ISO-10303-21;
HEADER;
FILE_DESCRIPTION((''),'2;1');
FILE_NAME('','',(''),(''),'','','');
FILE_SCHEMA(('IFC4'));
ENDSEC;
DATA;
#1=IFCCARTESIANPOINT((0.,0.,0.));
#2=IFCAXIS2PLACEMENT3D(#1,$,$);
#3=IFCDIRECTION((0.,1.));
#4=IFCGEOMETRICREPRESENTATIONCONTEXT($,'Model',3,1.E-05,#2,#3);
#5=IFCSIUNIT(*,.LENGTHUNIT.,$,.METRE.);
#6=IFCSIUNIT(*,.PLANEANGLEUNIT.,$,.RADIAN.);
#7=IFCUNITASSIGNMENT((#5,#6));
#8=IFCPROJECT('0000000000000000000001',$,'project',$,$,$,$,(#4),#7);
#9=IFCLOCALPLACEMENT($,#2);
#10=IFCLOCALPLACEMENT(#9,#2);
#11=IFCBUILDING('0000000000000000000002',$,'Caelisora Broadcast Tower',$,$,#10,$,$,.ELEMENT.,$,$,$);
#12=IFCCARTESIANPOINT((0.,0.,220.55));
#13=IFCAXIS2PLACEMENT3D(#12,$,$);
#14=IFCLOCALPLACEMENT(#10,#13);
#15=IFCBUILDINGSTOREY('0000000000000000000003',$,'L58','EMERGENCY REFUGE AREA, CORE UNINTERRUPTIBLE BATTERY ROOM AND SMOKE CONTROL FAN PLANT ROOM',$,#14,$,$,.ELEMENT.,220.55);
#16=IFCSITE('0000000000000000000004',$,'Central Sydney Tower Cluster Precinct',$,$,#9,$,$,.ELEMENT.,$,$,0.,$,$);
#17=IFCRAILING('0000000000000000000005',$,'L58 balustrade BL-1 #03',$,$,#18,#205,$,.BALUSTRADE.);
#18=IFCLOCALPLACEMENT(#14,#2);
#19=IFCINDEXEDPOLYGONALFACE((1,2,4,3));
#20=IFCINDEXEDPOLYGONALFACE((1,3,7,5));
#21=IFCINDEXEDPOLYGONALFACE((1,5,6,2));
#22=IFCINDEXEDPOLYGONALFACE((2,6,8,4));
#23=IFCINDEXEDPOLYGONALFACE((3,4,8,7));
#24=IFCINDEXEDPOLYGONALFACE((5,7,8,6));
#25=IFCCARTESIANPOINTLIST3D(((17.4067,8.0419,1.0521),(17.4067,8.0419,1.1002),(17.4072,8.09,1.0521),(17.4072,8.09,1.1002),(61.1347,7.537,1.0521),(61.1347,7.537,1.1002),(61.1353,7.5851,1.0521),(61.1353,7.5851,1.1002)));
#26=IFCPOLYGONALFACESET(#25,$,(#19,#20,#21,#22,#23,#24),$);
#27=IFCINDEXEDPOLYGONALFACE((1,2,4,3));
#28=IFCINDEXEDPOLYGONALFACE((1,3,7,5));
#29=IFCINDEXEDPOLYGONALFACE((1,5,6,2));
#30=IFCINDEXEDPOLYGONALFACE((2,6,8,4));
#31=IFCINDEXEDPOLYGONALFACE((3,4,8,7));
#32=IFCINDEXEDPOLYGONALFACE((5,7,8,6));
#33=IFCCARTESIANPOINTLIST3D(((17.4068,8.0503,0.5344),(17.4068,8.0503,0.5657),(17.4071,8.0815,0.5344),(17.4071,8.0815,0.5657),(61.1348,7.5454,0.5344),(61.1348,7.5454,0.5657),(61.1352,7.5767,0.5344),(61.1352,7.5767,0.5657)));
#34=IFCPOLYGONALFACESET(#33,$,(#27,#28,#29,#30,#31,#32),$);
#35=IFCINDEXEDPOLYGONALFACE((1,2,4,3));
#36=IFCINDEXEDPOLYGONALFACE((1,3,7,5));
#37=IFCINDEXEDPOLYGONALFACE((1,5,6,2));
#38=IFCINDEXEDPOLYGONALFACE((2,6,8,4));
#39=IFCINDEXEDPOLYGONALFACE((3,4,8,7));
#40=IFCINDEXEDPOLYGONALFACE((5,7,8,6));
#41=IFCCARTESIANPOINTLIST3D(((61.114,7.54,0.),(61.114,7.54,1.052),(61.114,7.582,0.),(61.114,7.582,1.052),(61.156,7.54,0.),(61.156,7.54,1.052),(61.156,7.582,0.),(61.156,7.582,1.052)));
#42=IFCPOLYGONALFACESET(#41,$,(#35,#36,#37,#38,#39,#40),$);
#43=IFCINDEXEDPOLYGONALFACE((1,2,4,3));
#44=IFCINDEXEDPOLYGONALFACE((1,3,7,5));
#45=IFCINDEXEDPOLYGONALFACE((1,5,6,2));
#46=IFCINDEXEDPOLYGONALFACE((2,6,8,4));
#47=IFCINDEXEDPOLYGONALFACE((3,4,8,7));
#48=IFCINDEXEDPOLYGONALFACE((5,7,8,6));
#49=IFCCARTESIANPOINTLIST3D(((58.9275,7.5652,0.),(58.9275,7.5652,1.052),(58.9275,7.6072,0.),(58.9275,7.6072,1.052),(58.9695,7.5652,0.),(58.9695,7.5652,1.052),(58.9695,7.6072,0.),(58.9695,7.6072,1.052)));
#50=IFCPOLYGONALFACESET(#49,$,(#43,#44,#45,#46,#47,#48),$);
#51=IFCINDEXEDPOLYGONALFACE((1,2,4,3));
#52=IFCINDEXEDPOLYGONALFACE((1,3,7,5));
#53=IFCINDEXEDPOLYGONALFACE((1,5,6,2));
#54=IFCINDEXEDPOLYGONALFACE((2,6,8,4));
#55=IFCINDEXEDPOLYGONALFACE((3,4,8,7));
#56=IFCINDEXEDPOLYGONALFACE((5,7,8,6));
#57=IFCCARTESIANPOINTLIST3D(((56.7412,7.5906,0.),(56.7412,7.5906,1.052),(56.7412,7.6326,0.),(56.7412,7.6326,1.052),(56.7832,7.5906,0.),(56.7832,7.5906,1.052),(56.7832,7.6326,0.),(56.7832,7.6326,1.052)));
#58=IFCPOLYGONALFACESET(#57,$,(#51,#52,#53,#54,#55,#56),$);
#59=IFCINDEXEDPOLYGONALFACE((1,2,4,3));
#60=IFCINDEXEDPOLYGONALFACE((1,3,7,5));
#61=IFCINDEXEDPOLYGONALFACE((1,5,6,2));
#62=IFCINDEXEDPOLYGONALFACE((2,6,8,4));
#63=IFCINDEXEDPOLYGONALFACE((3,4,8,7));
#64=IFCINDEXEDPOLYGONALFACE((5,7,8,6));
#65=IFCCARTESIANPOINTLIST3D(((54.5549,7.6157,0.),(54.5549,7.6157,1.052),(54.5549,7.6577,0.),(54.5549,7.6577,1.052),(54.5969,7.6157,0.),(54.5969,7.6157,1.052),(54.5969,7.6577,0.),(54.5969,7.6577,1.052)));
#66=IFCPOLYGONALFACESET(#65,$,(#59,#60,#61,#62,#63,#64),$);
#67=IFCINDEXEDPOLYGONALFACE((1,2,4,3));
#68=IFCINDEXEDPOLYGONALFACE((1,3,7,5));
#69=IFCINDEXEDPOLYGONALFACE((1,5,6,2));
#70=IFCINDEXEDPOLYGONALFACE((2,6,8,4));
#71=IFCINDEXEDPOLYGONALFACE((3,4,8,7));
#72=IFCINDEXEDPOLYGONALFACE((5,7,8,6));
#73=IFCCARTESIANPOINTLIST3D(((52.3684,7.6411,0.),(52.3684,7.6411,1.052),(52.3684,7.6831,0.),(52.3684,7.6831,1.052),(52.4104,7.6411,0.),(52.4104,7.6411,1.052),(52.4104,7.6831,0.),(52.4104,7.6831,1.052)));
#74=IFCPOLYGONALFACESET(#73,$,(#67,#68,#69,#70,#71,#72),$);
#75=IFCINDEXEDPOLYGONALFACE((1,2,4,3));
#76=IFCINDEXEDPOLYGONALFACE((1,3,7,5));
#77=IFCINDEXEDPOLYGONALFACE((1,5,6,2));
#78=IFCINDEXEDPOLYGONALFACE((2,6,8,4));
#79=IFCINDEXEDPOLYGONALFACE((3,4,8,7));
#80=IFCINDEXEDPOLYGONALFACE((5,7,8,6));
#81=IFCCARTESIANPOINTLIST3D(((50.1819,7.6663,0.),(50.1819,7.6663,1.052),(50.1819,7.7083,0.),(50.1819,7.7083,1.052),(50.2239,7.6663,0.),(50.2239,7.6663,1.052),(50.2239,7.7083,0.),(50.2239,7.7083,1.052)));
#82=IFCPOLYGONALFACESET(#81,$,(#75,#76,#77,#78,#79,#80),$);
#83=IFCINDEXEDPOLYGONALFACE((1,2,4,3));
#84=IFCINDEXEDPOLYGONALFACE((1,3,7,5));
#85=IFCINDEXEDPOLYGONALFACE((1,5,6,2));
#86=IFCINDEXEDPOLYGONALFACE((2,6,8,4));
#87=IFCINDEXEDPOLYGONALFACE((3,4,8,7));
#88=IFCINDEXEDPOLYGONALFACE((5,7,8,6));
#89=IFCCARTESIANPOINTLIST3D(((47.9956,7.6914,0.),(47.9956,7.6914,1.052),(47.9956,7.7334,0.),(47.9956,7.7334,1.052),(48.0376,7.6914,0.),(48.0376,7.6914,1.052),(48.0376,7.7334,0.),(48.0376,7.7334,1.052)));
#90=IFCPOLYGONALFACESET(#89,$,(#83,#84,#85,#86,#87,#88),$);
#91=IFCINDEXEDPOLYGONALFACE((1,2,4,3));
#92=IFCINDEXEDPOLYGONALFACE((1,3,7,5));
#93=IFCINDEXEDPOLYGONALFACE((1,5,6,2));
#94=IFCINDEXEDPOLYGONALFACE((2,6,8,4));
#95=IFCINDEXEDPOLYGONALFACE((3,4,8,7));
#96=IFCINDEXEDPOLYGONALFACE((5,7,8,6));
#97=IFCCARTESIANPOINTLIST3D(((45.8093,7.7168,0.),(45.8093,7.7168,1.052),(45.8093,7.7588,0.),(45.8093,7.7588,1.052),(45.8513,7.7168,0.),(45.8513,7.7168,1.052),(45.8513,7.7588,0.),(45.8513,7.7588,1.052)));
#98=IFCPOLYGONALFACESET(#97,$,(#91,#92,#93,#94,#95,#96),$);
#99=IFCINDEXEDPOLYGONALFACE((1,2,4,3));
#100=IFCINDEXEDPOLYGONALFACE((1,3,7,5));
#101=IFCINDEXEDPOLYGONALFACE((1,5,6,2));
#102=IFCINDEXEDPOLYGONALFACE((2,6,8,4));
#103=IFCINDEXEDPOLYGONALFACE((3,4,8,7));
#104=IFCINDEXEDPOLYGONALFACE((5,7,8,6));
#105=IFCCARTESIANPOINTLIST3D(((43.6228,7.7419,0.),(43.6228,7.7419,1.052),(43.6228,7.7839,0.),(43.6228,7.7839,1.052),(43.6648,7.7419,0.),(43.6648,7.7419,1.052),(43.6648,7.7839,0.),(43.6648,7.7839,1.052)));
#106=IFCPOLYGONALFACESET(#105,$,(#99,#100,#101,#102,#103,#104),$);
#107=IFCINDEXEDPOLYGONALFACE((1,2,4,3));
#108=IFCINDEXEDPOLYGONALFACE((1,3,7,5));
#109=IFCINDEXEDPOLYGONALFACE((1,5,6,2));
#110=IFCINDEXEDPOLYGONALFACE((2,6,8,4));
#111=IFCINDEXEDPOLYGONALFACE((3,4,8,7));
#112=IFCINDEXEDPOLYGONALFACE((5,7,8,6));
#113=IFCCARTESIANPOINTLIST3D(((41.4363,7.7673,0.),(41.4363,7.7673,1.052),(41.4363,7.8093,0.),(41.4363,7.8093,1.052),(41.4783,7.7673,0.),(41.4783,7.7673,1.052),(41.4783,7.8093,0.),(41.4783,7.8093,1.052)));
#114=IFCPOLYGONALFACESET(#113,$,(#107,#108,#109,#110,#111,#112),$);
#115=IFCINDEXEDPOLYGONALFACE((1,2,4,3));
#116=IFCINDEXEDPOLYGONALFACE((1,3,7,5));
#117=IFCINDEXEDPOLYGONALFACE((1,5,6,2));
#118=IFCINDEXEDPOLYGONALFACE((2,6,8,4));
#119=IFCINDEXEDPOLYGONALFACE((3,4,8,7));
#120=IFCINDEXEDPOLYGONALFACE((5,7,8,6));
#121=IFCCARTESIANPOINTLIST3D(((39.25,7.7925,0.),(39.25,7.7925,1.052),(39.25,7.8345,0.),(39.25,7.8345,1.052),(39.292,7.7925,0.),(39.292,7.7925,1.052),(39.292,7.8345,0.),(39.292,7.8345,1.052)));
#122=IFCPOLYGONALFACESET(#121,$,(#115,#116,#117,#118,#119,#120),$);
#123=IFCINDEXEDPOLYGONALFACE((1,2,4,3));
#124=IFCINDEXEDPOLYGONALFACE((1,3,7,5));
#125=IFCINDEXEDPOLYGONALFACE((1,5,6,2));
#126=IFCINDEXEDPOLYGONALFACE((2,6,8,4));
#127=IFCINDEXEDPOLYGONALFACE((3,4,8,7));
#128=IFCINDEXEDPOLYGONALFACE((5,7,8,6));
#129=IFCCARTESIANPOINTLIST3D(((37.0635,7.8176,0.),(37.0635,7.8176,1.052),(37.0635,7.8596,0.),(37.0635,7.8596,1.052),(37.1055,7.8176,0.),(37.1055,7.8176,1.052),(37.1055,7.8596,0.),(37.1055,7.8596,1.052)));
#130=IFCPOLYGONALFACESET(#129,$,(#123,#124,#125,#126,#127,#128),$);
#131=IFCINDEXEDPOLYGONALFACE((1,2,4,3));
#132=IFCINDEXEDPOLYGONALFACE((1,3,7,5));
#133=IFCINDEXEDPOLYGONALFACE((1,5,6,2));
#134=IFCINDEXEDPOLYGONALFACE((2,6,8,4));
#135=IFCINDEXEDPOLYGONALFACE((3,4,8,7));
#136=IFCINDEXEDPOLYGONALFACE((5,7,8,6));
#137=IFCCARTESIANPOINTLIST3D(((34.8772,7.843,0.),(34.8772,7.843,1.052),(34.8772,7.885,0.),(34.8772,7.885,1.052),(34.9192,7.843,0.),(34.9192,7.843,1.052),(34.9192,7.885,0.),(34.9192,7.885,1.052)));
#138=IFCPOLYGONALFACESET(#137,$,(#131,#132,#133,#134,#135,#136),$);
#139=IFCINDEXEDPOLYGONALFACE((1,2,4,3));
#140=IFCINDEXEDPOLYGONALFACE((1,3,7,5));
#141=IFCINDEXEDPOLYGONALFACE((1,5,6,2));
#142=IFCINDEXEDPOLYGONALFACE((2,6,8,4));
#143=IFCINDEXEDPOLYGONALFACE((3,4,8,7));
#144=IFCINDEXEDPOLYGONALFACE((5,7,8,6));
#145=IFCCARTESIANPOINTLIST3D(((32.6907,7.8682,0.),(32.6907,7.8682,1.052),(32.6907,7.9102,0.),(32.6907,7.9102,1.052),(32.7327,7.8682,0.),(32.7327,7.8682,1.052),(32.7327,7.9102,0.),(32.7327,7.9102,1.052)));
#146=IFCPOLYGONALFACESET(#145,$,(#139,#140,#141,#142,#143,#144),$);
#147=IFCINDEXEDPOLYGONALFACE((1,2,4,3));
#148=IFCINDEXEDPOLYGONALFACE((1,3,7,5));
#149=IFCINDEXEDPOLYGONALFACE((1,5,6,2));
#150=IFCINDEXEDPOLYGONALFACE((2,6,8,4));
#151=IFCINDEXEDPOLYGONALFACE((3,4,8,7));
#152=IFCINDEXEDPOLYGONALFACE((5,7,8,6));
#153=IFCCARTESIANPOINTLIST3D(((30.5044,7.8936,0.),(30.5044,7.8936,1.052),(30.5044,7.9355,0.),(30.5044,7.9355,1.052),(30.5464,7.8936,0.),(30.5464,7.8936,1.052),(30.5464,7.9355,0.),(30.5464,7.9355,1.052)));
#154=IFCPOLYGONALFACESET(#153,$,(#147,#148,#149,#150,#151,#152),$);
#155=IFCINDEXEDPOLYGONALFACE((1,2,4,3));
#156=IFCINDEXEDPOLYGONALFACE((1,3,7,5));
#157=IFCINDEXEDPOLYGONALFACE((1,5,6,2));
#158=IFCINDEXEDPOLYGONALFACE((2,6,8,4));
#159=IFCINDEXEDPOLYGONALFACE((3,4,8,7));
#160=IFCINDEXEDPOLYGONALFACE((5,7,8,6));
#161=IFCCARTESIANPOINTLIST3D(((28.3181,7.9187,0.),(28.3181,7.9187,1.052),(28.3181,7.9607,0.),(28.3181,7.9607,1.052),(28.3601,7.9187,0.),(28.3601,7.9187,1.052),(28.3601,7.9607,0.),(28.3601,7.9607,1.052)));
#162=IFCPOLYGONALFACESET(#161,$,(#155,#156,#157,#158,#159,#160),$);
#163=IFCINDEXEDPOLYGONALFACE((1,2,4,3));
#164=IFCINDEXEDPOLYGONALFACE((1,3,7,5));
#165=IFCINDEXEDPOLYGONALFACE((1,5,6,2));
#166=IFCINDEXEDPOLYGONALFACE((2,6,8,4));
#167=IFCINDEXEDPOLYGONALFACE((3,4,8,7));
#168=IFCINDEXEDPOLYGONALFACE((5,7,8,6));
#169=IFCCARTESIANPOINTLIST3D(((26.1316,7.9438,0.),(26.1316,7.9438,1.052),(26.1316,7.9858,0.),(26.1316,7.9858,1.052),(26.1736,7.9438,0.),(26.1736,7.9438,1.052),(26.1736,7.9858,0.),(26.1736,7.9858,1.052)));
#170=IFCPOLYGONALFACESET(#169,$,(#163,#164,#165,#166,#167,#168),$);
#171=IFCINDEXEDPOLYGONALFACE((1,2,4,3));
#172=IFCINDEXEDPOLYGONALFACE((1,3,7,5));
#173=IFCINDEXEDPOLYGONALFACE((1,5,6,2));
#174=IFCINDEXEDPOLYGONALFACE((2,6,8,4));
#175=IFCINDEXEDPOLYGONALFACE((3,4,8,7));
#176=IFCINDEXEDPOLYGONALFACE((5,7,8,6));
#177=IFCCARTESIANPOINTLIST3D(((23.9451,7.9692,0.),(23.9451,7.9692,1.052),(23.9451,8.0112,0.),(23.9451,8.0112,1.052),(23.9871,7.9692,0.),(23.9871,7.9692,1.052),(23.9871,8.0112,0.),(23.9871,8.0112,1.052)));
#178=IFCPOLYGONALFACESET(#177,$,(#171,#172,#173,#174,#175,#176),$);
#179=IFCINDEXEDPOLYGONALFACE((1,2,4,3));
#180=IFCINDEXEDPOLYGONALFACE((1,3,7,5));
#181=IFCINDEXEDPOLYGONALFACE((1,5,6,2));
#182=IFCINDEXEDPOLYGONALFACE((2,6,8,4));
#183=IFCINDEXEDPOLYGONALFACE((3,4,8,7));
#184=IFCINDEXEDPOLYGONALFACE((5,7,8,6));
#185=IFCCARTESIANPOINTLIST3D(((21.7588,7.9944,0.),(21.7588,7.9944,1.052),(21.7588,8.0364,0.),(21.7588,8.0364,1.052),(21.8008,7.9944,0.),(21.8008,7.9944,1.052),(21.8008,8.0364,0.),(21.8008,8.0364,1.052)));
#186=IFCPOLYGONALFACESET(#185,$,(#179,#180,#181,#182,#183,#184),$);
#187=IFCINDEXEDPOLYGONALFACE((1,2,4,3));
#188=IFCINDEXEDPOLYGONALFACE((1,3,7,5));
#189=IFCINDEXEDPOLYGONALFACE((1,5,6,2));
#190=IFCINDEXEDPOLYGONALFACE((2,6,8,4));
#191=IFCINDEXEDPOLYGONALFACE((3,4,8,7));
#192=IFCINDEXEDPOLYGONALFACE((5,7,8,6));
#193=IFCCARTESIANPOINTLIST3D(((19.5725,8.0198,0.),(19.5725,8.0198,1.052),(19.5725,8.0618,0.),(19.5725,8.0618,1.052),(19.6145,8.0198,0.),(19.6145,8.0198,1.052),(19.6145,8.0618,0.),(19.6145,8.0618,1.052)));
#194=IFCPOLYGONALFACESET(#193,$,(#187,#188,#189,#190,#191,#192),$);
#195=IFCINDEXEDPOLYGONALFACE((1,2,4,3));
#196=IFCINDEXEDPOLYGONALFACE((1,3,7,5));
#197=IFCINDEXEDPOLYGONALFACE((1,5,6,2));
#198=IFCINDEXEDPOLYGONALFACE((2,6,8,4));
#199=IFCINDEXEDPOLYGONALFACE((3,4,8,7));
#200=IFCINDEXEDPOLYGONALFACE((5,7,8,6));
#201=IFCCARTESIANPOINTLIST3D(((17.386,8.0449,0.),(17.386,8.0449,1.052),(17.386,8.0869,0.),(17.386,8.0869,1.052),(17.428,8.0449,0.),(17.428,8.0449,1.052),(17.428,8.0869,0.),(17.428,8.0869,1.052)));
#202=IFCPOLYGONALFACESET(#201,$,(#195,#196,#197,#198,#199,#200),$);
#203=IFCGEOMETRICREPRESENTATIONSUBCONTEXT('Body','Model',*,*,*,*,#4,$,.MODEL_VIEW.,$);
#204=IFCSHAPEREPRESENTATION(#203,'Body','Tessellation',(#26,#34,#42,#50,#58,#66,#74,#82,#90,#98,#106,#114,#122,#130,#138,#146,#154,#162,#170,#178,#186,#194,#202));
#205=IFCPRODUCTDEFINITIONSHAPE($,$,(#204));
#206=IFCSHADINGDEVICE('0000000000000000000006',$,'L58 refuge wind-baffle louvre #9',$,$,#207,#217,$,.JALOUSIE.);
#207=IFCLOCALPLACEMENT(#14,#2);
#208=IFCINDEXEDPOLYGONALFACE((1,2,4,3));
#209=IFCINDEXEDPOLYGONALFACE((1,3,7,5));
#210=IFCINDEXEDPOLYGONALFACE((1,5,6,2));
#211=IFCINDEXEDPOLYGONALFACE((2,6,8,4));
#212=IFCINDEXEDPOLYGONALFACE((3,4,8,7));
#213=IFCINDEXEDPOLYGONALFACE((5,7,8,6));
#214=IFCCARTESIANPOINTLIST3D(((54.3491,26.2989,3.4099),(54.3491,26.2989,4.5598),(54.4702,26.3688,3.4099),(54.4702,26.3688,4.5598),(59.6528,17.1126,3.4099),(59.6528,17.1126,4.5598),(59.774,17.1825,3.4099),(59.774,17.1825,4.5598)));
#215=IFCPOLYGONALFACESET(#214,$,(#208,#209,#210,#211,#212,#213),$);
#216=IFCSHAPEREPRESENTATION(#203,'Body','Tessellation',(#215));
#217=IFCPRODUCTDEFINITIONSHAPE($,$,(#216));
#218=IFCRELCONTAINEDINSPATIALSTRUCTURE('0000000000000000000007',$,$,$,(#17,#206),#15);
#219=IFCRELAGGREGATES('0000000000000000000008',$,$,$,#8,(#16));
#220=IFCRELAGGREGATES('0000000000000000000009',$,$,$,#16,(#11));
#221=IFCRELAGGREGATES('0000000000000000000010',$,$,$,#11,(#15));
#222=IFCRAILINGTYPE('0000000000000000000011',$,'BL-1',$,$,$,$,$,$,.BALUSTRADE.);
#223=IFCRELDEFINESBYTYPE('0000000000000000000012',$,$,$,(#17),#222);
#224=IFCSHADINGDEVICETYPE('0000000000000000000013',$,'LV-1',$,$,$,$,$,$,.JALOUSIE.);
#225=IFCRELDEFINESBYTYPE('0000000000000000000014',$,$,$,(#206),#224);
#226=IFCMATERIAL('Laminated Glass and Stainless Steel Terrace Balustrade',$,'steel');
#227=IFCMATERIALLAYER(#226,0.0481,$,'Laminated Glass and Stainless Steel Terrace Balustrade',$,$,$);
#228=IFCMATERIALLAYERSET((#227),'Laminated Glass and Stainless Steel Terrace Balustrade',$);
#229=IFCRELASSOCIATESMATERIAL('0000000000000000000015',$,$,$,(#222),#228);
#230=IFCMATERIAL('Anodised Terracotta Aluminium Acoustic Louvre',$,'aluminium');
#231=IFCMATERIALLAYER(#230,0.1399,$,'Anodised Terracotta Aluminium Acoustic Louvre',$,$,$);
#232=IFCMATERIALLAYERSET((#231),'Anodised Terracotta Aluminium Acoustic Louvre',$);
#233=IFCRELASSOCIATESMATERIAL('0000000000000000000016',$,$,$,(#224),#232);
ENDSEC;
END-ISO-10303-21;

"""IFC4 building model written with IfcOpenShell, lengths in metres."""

from ifc_helpers import new_model, si_unit, direction, frame, origin, origin_2d, place, context, subcontext, project, spatial, rectangle, extrude, source, transform, mapped, material, layer, layer_set, type_object, type_shapes, element, save


model = new_model("IFC4")

# Units and contexts
model_context = context("Model", 3, precision=1e-05, world=origin(), true_north=direction((0.0, 1.0)))
body_context = subcontext(model_context, "Body", "Model", "MODEL_VIEW")
ifc_project = project(units=[si_unit("LENGTHUNIT", "METRE"), si_unit("PLANEANGLEUNIT", "RADIAN")], contexts=[model_context])

# Site, building, storey
site_placement = place(None, origin())
site = spatial("IfcSite", under=ifc_project, at=site_placement, Name="Central Sydney Tower Cluster Precinct", CompositionType="ELEMENT", RefElevation=0.0)
building_placement = place(site_placement, origin())
building = spatial("IfcBuilding", under=site, at=building_placement, Name="Caelisora Broadcast Tower", CompositionType="ELEMENT")
storey_placement = place(building_placement, frame((0.0, 0.0, 220.55)))
storey = spatial("IfcBuildingStorey", under=building, at=storey_placement, Name="L58", Description="EMERGENCY REFUGE AREA, CORE UNINTERRUPTIBLE BATTERY ROOM AND SMOKE CONTROL FAN PLANT ROOM", CompositionType="ELEMENT", Elevation=220.55)

# Railing
ifc_material_1 = material(Name="Laminated Glass and Stainless Steel Terrace Balustrade", Category="steel")
ifc_layer_1 = layer(ifc_material_1, 0.0481, Name="Laminated Glass and Stainless Steel Terrace Balustrade")
ifc_layer_set_1 = layer_set([ifc_layer_1], Name="Laminated Glass and Stainless Steel Terrace Balustrade")
railing_type = type_object("IfcRailingType", Name="BL-1", PredefinedType="BALUSTRADE", material=ifc_layer_set_1)
railing_1_placement = place(storey_placement, frame((61.135, 7.561, 0.0)))
element("IfcRailing", 1, at=railing_1_placement, inside=storey, type_object=railing_type, Name="L58 balustrade BL-1 #03", PredefinedType="BALUSTRADE", context=body_context, shape_type="SweptSolid", body=[
    extrude(rectangle(XDim=0.0481, YDim=0.0481, at=origin_2d()), frame((0.0, 0.0, 1.0762), z_axis=(-0.999933, 0.011545, 0.0), x_axis=(-0.011545, -0.999933, 0.0)), (0.0, 0.0, 1.0), 43.731),
    extrude(rectangle(XDim=0.0312, YDim=0.0312, at=origin_2d()), frame((0.0, 0.0, 0.55), z_axis=(-0.999933, 0.011545, 0.0), x_axis=(-0.011545, -0.999933, 0.0)), (0.0, 0.0, 1.0), 43.731),
    extrude(rectangle(XDim=0.042, YDim=0.042, at=origin_2d()), origin(), (0.0, 0.0, 1.0), 1.052),
    extrude(rectangle(XDim=0.042, YDim=0.042, at=origin_2d()), frame((-2.1865, 0.0251, 0.0)), (0.0, 0.0, 1.0), 1.052),
    extrude(rectangle(XDim=0.042, YDim=0.042, at=origin_2d()), frame((-4.3728, 0.0505, 0.0)), (0.0, 0.0, 1.0), 1.052),
    extrude(rectangle(XDim=0.042, YDim=0.042, at=origin_2d()), frame((-6.5591, 0.0757, 0.0)), (0.0, 0.0, 1.0), 1.052),
    extrude(rectangle(XDim=0.042, YDim=0.042, at=origin_2d()), frame((-8.7456, 0.1011, 0.0)), (0.0, 0.0, 1.0), 1.052),
    extrude(rectangle(XDim=0.042, YDim=0.042, at=origin_2d()), frame((-10.9321, 0.1262, 0.0)), (0.0, 0.0, 1.0), 1.052),
    extrude(rectangle(XDim=0.042, YDim=0.042, at=origin_2d()), frame((-13.1184, 0.1514, 0.0)), (0.0, 0.0, 1.0), 1.052),
    extrude(rectangle(XDim=0.042, YDim=0.042, at=origin_2d()), frame((-15.3047, 0.1768, 0.0)), (0.0, 0.0, 1.0), 1.052),
    extrude(rectangle(XDim=0.042, YDim=0.042, at=origin_2d()), frame((-17.4912, 0.2019, 0.0)), (0.0, 0.0, 1.0), 1.052),
    extrude(rectangle(XDim=0.042, YDim=0.042, at=origin_2d()), frame((-19.6777, 0.2273, 0.0)), (0.0, 0.0, 1.0), 1.052),
    extrude(rectangle(XDim=0.042, YDim=0.042, at=origin_2d()), frame((-21.864, 0.2524, 0.0)), (0.0, 0.0, 1.0), 1.052),
    extrude(rectangle(XDim=0.042, YDim=0.042, at=origin_2d()), frame((-24.0505, 0.2776, 0.0)), (0.0, 0.0, 1.0), 1.052),
    extrude(rectangle(XDim=0.042, YDim=0.042, at=origin_2d()), frame((-26.2368, 0.303, 0.0)), (0.0, 0.0, 1.0), 1.052),
    extrude(rectangle(XDim=0.042, YDim=0.042, at=origin_2d()), frame((-28.4233, 0.3281, 0.0)), (0.0, 0.0, 1.0), 1.052),
    extrude(rectangle(XDim=0.042, YDim=0.042, at=origin_2d()), frame((-30.6096, 0.3535, 0.0)), (0.0, 0.0, 1.0), 1.052),
    extrude(rectangle(XDim=0.042, YDim=0.042, at=origin_2d()), frame((-32.7959, 0.3787, 0.0)), (0.0, 0.0, 1.0), 1.052),
    extrude(rectangle(XDim=0.042, YDim=0.042, at=origin_2d()), frame((-34.9824, 0.4038, 0.0)), (0.0, 0.0, 1.0), 1.052),
    extrude(rectangle(XDim=0.042, YDim=0.042, at=origin_2d()), frame((-37.1689, 0.4292, 0.0)), (0.0, 0.0, 1.0), 1.052),
    extrude(rectangle(XDim=0.042, YDim=0.042, at=origin_2d()), frame((-39.3552, 0.4543, 0.0)), (0.0, 0.0, 1.0), 1.052),
    extrude(rectangle(XDim=0.042, YDim=0.042, at=origin_2d()), frame((-41.5415, 0.4797, 0.0)), (0.0, 0.0, 1.0), 1.052),
    extrude(rectangle(XDim=0.042, YDim=0.042, at=origin_2d()), frame((-43.728, 0.5049, 0.0)), (0.0, 0.0, 1.0), 1.052),
])

# Shading device
ifc_material_2 = material(Name="Anodised Terracotta Aluminium Acoustic Louvre", Category="aluminium")
ifc_layer_2 = layer(ifc_material_2, 0.1399, Name="Anodised Terracotta Aluminium Acoustic Louvre")
ifc_layer_set_2 = layer_set([ifc_layer_2], Name="Anodised Terracotta Aluminium Acoustic Louvre")
shading_device_type = type_object("IfcShadingDeviceType", Name="LV-1", PredefinedType="JALOUSIE", material=ifc_layer_set_2)
shared_shape_1 = source(origin(), body_context, "Body", "SweptSolid", [
    extrude(rectangle(XDim=10.6074, YDim=0.1399, at=origin_2d()), origin(), (0.0, 0.0, 1.0), 1.1499),
])
type_shapes(shading_device_type, [shared_shape_1])
shading_device_placement = place(storey_placement, frame((57.0615, 21.7407, 3.4099), z_axis=(0.0, 0.0, 1.0), x_axis=(-0.5, 0.866025, 0.0)))
element("IfcShadingDevice", 2, at=shading_device_placement, inside=storey, type_object=shading_device_type, Name="L58 refuge wind-baffle louvre #9", PredefinedType="JALOUSIE", context=body_context, shape_type="MappedRepresentation", body=[
    mapped(shared_shape_1, transform((0.0, 0.0, 0.0), scale=1.0)),
])

save(model, "model.ifc")
